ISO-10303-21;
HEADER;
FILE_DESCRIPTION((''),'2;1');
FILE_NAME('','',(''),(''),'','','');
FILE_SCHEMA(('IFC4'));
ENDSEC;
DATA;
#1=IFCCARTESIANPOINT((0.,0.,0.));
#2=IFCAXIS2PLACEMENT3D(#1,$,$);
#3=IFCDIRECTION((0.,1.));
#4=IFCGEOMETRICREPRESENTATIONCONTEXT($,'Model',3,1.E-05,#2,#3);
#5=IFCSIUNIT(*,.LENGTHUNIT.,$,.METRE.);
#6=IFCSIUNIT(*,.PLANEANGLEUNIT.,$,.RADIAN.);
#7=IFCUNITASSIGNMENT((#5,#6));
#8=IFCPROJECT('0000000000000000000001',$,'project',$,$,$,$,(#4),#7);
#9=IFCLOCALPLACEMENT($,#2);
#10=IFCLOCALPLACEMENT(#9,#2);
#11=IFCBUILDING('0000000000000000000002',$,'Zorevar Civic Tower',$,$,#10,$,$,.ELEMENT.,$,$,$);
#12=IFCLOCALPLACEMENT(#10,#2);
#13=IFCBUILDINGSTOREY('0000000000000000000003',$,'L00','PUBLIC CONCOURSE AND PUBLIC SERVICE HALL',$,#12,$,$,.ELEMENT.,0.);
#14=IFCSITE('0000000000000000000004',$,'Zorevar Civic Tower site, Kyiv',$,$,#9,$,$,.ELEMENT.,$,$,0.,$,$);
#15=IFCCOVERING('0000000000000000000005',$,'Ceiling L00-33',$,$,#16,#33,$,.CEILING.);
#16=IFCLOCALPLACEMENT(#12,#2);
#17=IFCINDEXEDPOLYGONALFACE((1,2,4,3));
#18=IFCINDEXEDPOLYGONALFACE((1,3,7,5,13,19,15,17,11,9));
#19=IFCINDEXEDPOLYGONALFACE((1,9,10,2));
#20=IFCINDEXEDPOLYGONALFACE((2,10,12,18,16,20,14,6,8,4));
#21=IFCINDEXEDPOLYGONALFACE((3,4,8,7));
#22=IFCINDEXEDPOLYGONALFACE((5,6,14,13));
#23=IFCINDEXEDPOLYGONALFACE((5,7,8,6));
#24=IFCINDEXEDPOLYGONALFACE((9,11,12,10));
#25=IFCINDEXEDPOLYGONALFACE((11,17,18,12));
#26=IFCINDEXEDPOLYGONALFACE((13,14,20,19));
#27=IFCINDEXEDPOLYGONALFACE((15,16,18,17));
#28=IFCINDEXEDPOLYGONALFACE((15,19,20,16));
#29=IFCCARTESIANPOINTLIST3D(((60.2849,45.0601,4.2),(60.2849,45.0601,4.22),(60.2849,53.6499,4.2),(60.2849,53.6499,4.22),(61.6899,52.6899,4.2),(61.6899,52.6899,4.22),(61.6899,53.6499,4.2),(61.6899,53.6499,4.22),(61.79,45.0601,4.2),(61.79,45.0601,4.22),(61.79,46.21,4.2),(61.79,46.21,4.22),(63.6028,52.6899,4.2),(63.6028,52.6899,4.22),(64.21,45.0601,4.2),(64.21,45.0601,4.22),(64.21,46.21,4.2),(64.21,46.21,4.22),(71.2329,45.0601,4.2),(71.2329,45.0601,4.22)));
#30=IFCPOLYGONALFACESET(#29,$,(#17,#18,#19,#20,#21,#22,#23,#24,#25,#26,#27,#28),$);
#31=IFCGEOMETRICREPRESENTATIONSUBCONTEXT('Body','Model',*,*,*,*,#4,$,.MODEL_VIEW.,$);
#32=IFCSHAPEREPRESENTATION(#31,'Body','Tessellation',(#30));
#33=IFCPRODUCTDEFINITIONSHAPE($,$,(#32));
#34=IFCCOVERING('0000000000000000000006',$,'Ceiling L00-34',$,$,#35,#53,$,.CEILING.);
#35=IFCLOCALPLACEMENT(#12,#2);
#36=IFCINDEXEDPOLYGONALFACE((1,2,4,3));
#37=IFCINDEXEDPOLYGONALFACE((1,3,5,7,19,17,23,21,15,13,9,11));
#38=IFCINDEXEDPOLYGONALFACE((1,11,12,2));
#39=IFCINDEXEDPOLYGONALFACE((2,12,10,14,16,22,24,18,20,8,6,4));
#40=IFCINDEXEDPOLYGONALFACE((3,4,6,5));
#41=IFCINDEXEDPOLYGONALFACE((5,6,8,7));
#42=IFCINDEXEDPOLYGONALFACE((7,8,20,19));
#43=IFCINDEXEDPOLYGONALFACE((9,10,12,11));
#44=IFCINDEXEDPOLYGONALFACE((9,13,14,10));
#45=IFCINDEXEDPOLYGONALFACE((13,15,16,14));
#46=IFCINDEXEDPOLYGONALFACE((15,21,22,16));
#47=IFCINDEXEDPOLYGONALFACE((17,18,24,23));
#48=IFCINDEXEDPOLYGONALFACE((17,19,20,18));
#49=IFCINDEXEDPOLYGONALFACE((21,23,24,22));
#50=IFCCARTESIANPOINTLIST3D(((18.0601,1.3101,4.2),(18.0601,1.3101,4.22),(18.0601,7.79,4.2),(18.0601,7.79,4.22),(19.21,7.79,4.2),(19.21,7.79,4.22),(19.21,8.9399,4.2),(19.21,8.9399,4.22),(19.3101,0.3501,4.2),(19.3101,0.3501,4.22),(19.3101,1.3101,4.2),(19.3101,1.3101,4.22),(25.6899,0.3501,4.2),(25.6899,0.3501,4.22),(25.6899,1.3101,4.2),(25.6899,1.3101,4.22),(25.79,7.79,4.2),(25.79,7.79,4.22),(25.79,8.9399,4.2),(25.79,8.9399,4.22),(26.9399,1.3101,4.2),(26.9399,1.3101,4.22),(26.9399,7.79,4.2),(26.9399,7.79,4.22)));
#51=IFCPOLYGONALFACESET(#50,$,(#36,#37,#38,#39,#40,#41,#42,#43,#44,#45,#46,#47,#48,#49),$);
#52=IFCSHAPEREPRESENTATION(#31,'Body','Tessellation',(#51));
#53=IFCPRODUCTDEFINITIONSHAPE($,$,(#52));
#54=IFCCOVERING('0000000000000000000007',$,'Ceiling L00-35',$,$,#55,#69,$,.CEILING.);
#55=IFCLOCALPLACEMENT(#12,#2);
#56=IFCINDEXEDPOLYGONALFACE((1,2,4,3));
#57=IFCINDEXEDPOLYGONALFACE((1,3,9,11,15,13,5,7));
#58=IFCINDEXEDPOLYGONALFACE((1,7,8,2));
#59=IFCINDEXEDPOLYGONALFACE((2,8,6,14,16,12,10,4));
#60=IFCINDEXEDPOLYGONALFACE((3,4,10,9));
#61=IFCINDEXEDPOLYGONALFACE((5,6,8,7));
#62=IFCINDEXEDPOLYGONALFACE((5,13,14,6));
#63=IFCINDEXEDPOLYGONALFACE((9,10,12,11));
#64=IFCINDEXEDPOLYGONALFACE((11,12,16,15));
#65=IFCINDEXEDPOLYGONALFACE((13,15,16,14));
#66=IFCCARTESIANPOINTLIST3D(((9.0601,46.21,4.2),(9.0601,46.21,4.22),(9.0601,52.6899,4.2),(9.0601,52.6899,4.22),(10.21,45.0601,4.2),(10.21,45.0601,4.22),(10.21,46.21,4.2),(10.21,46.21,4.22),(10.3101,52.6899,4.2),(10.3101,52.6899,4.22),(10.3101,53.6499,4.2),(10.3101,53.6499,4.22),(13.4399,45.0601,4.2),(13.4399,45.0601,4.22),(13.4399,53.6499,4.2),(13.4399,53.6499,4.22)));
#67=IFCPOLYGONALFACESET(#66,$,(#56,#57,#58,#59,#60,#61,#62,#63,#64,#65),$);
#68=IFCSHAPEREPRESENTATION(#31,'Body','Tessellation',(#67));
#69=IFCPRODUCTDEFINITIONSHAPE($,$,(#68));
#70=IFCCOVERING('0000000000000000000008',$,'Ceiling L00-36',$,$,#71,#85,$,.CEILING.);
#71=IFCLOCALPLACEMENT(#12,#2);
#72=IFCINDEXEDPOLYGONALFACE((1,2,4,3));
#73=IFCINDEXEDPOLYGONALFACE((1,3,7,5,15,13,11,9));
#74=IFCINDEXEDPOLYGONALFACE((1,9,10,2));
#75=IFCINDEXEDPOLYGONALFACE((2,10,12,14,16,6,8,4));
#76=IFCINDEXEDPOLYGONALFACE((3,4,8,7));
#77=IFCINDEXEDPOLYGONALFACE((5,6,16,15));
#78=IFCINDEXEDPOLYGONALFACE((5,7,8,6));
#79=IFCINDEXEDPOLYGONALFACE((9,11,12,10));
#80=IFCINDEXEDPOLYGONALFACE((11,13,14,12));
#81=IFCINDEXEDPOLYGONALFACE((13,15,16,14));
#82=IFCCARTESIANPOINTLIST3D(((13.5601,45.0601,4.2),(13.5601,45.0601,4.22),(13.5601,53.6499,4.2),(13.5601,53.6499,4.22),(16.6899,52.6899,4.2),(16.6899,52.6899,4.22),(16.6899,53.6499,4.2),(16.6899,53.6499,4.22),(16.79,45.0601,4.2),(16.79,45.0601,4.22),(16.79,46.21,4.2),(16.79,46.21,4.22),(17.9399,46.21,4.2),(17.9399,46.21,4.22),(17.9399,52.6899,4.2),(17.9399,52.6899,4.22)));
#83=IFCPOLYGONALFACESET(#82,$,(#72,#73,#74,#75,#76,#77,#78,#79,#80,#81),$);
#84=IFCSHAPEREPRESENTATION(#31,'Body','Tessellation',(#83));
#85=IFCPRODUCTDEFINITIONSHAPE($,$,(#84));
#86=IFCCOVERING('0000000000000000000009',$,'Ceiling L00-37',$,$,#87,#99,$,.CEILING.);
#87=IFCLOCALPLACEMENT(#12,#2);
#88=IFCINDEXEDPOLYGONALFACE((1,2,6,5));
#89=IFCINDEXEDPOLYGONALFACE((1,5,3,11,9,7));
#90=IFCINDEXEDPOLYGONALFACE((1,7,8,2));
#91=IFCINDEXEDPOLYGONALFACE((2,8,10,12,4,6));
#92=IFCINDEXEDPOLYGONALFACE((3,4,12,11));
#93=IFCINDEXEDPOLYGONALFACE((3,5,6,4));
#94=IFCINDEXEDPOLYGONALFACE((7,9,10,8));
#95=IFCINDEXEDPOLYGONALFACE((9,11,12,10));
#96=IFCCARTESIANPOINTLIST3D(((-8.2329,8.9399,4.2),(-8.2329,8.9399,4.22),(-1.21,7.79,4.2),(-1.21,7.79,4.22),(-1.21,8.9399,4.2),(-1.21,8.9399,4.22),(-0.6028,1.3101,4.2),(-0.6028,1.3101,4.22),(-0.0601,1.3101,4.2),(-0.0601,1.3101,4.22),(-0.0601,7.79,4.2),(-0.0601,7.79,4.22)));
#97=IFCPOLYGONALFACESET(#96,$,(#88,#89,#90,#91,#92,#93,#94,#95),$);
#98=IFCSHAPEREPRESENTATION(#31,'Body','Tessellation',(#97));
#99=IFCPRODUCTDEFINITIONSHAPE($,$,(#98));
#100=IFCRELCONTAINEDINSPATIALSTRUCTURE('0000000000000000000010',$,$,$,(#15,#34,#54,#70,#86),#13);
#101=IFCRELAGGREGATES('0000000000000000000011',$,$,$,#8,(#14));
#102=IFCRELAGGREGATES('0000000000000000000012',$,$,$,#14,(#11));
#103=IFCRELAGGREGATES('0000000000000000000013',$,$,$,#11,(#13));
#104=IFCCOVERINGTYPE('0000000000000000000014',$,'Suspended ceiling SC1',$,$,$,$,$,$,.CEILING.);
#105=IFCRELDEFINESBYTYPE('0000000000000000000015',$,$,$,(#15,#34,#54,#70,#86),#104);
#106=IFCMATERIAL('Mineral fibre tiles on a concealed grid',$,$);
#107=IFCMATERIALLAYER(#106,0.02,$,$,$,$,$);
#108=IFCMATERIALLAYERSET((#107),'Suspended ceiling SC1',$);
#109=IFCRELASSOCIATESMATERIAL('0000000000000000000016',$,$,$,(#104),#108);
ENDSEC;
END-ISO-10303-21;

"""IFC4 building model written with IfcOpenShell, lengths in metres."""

from ifc_helpers import new_model, si_unit, direction, frame, origin, place, context, subcontext, project, spatial, polyline, outline, extrude, material, layer, layer_set, type_object, element, save


model = new_model("IFC4")

# Units and contexts
model_context = context("Model", 3, precision=1e-05, world=origin(), true_north=direction((0.0, 1.0)))
body_context = subcontext(model_context, "Body", "Model", "MODEL_VIEW")
ifc_project = project(units=[si_unit("LENGTHUNIT", "METRE"), si_unit("PLANEANGLEUNIT", "RADIAN")], contexts=[model_context])

# Site, building, storey
site_placement = place(None, origin())
site = spatial("IfcSite", under=ifc_project, at=site_placement, Name="Zorevar Civic Tower site, Kyiv", CompositionType="ELEMENT", RefElevation=0.0)
building_placement = place(site_placement, origin())
building = spatial("IfcBuilding", under=site, at=building_placement, Name="Zorevar Civic Tower", CompositionType="ELEMENT")
storey_placement = place(building_placement, origin())
storey = spatial("IfcBuildingStorey", under=building, at=storey_placement, Name="L00", Description="PUBLIC CONCOURSE AND PUBLIC SERVICE HALL", CompositionType="ELEMENT", Elevation=0.0)

# Coverings
ifc_material_1 = material(Name="Mineral fibre tiles on a concealed grid")
ifc_layer_1 = layer(ifc_material_1, 0.02)
ifc_layer_set_1 = layer_set([ifc_layer_1], Name="Suspended ceiling SC1")
covering_type = type_object("IfcCoveringType", Name="Suspended ceiling SC1", PredefinedType="CEILING", material=ifc_layer_set_1)
covering_1_placement = place(storey_placement, frame((0.0, 0.0, 4.2)))
element("IfcCovering", 1, at=covering_1_placement, inside=storey, type_object=covering_type, Name="Ceiling L00-33", PredefinedType="CEILING", context=body_context, shape_type="SweptSolid", body=[
    extrude(outline(polyline([(64.21, 45.0601), (64.21, 46.21), (61.79, 46.21), (61.79, 45.0601), (60.2849, 45.0601), (60.2849, 53.6499), (61.6899, 53.6499), (61.6899, 52.6899), (63.6028, 52.6899), (71.2329, 45.0601), (64.21, 45.0601)])), origin(), (0.0, 0.0, 1.0), 0.02),
])
covering_2_placement = place(storey_placement, frame((0.0, 0.0, 4.2)))
element("IfcCovering", 2, at=covering_2_placement, inside=storey, type_object=covering_type, Name="Ceiling L00-34", PredefinedType="CEILING", context=body_context, shape_type="SweptSolid", body=[
    extrude(outline(polyline([(26.9399, 1.3101), (25.6899, 1.3101), (25.6899, 0.3501), (19.3101, 0.3501), (19.3101, 1.3101), (18.0601, 1.3101), (18.0601, 7.79), (19.21, 7.79), (19.21, 8.9399), (25.79, 8.9399), (25.79, 7.79), (26.9399, 7.79), (26.9399, 1.3101)])), origin(), (0.0, 0.0, 1.0), 0.02),
])
covering_3_placement = place(storey_placement, frame((0.0, 0.0, 4.2)))
element("IfcCovering", 3, at=covering_3_placement, inside=storey, type_object=covering_type, Name="Ceiling L00-35", PredefinedType="CEILING", context=body_context, shape_type="SweptSolid", body=[
    extrude(outline(polyline([(13.4399, 53.6499), (13.4399, 45.0601), (10.21, 45.0601), (10.21, 46.21), (9.0601, 46.21), (9.0601, 52.6899), (10.3101, 52.6899), (10.3101, 53.6499), (13.4399, 53.6499)])), origin(), (0.0, 0.0, 1.0), 0.02),
])
covering_4_placement = place(storey_placement, frame((0.0, 0.0, 4.2)))
element("IfcCovering", 4, at=covering_4_placement, inside=storey, type_object=covering_type, Name="Ceiling L00-36", PredefinedType="CEILING", context=body_context, shape_type="SweptSolid", body=[
    extrude(outline(polyline([(17.9399, 46.21), (16.79, 46.21), (16.79, 45.0601), (13.5601, 45.0601), (13.5601, 53.6499), (16.6899, 53.6499), (16.6899, 52.6899), (17.9399, 52.6899), (17.9399, 46.21)])), origin(), (0.0, 0.0, 1.0), 0.02),
])
covering_5_placement = place(storey_placement, frame((0.0, 0.0, 4.2)))
element("IfcCovering", 5, at=covering_5_placement, inside=storey, type_object=covering_type, Name="Ceiling L00-37", PredefinedType="CEILING", context=body_context, shape_type="SweptSolid", body=[
    extrude(outline(polyline([(-1.21, 8.9399), (-1.21, 7.79), (-0.0601, 7.79), (-0.0601, 1.3101), (-0.6028, 1.3101), (-8.2329, 8.9399), (-1.21, 8.9399)])), origin(), (0.0, 0.0, 1.0), 0.02),
])

save(model, "model.ifc")
